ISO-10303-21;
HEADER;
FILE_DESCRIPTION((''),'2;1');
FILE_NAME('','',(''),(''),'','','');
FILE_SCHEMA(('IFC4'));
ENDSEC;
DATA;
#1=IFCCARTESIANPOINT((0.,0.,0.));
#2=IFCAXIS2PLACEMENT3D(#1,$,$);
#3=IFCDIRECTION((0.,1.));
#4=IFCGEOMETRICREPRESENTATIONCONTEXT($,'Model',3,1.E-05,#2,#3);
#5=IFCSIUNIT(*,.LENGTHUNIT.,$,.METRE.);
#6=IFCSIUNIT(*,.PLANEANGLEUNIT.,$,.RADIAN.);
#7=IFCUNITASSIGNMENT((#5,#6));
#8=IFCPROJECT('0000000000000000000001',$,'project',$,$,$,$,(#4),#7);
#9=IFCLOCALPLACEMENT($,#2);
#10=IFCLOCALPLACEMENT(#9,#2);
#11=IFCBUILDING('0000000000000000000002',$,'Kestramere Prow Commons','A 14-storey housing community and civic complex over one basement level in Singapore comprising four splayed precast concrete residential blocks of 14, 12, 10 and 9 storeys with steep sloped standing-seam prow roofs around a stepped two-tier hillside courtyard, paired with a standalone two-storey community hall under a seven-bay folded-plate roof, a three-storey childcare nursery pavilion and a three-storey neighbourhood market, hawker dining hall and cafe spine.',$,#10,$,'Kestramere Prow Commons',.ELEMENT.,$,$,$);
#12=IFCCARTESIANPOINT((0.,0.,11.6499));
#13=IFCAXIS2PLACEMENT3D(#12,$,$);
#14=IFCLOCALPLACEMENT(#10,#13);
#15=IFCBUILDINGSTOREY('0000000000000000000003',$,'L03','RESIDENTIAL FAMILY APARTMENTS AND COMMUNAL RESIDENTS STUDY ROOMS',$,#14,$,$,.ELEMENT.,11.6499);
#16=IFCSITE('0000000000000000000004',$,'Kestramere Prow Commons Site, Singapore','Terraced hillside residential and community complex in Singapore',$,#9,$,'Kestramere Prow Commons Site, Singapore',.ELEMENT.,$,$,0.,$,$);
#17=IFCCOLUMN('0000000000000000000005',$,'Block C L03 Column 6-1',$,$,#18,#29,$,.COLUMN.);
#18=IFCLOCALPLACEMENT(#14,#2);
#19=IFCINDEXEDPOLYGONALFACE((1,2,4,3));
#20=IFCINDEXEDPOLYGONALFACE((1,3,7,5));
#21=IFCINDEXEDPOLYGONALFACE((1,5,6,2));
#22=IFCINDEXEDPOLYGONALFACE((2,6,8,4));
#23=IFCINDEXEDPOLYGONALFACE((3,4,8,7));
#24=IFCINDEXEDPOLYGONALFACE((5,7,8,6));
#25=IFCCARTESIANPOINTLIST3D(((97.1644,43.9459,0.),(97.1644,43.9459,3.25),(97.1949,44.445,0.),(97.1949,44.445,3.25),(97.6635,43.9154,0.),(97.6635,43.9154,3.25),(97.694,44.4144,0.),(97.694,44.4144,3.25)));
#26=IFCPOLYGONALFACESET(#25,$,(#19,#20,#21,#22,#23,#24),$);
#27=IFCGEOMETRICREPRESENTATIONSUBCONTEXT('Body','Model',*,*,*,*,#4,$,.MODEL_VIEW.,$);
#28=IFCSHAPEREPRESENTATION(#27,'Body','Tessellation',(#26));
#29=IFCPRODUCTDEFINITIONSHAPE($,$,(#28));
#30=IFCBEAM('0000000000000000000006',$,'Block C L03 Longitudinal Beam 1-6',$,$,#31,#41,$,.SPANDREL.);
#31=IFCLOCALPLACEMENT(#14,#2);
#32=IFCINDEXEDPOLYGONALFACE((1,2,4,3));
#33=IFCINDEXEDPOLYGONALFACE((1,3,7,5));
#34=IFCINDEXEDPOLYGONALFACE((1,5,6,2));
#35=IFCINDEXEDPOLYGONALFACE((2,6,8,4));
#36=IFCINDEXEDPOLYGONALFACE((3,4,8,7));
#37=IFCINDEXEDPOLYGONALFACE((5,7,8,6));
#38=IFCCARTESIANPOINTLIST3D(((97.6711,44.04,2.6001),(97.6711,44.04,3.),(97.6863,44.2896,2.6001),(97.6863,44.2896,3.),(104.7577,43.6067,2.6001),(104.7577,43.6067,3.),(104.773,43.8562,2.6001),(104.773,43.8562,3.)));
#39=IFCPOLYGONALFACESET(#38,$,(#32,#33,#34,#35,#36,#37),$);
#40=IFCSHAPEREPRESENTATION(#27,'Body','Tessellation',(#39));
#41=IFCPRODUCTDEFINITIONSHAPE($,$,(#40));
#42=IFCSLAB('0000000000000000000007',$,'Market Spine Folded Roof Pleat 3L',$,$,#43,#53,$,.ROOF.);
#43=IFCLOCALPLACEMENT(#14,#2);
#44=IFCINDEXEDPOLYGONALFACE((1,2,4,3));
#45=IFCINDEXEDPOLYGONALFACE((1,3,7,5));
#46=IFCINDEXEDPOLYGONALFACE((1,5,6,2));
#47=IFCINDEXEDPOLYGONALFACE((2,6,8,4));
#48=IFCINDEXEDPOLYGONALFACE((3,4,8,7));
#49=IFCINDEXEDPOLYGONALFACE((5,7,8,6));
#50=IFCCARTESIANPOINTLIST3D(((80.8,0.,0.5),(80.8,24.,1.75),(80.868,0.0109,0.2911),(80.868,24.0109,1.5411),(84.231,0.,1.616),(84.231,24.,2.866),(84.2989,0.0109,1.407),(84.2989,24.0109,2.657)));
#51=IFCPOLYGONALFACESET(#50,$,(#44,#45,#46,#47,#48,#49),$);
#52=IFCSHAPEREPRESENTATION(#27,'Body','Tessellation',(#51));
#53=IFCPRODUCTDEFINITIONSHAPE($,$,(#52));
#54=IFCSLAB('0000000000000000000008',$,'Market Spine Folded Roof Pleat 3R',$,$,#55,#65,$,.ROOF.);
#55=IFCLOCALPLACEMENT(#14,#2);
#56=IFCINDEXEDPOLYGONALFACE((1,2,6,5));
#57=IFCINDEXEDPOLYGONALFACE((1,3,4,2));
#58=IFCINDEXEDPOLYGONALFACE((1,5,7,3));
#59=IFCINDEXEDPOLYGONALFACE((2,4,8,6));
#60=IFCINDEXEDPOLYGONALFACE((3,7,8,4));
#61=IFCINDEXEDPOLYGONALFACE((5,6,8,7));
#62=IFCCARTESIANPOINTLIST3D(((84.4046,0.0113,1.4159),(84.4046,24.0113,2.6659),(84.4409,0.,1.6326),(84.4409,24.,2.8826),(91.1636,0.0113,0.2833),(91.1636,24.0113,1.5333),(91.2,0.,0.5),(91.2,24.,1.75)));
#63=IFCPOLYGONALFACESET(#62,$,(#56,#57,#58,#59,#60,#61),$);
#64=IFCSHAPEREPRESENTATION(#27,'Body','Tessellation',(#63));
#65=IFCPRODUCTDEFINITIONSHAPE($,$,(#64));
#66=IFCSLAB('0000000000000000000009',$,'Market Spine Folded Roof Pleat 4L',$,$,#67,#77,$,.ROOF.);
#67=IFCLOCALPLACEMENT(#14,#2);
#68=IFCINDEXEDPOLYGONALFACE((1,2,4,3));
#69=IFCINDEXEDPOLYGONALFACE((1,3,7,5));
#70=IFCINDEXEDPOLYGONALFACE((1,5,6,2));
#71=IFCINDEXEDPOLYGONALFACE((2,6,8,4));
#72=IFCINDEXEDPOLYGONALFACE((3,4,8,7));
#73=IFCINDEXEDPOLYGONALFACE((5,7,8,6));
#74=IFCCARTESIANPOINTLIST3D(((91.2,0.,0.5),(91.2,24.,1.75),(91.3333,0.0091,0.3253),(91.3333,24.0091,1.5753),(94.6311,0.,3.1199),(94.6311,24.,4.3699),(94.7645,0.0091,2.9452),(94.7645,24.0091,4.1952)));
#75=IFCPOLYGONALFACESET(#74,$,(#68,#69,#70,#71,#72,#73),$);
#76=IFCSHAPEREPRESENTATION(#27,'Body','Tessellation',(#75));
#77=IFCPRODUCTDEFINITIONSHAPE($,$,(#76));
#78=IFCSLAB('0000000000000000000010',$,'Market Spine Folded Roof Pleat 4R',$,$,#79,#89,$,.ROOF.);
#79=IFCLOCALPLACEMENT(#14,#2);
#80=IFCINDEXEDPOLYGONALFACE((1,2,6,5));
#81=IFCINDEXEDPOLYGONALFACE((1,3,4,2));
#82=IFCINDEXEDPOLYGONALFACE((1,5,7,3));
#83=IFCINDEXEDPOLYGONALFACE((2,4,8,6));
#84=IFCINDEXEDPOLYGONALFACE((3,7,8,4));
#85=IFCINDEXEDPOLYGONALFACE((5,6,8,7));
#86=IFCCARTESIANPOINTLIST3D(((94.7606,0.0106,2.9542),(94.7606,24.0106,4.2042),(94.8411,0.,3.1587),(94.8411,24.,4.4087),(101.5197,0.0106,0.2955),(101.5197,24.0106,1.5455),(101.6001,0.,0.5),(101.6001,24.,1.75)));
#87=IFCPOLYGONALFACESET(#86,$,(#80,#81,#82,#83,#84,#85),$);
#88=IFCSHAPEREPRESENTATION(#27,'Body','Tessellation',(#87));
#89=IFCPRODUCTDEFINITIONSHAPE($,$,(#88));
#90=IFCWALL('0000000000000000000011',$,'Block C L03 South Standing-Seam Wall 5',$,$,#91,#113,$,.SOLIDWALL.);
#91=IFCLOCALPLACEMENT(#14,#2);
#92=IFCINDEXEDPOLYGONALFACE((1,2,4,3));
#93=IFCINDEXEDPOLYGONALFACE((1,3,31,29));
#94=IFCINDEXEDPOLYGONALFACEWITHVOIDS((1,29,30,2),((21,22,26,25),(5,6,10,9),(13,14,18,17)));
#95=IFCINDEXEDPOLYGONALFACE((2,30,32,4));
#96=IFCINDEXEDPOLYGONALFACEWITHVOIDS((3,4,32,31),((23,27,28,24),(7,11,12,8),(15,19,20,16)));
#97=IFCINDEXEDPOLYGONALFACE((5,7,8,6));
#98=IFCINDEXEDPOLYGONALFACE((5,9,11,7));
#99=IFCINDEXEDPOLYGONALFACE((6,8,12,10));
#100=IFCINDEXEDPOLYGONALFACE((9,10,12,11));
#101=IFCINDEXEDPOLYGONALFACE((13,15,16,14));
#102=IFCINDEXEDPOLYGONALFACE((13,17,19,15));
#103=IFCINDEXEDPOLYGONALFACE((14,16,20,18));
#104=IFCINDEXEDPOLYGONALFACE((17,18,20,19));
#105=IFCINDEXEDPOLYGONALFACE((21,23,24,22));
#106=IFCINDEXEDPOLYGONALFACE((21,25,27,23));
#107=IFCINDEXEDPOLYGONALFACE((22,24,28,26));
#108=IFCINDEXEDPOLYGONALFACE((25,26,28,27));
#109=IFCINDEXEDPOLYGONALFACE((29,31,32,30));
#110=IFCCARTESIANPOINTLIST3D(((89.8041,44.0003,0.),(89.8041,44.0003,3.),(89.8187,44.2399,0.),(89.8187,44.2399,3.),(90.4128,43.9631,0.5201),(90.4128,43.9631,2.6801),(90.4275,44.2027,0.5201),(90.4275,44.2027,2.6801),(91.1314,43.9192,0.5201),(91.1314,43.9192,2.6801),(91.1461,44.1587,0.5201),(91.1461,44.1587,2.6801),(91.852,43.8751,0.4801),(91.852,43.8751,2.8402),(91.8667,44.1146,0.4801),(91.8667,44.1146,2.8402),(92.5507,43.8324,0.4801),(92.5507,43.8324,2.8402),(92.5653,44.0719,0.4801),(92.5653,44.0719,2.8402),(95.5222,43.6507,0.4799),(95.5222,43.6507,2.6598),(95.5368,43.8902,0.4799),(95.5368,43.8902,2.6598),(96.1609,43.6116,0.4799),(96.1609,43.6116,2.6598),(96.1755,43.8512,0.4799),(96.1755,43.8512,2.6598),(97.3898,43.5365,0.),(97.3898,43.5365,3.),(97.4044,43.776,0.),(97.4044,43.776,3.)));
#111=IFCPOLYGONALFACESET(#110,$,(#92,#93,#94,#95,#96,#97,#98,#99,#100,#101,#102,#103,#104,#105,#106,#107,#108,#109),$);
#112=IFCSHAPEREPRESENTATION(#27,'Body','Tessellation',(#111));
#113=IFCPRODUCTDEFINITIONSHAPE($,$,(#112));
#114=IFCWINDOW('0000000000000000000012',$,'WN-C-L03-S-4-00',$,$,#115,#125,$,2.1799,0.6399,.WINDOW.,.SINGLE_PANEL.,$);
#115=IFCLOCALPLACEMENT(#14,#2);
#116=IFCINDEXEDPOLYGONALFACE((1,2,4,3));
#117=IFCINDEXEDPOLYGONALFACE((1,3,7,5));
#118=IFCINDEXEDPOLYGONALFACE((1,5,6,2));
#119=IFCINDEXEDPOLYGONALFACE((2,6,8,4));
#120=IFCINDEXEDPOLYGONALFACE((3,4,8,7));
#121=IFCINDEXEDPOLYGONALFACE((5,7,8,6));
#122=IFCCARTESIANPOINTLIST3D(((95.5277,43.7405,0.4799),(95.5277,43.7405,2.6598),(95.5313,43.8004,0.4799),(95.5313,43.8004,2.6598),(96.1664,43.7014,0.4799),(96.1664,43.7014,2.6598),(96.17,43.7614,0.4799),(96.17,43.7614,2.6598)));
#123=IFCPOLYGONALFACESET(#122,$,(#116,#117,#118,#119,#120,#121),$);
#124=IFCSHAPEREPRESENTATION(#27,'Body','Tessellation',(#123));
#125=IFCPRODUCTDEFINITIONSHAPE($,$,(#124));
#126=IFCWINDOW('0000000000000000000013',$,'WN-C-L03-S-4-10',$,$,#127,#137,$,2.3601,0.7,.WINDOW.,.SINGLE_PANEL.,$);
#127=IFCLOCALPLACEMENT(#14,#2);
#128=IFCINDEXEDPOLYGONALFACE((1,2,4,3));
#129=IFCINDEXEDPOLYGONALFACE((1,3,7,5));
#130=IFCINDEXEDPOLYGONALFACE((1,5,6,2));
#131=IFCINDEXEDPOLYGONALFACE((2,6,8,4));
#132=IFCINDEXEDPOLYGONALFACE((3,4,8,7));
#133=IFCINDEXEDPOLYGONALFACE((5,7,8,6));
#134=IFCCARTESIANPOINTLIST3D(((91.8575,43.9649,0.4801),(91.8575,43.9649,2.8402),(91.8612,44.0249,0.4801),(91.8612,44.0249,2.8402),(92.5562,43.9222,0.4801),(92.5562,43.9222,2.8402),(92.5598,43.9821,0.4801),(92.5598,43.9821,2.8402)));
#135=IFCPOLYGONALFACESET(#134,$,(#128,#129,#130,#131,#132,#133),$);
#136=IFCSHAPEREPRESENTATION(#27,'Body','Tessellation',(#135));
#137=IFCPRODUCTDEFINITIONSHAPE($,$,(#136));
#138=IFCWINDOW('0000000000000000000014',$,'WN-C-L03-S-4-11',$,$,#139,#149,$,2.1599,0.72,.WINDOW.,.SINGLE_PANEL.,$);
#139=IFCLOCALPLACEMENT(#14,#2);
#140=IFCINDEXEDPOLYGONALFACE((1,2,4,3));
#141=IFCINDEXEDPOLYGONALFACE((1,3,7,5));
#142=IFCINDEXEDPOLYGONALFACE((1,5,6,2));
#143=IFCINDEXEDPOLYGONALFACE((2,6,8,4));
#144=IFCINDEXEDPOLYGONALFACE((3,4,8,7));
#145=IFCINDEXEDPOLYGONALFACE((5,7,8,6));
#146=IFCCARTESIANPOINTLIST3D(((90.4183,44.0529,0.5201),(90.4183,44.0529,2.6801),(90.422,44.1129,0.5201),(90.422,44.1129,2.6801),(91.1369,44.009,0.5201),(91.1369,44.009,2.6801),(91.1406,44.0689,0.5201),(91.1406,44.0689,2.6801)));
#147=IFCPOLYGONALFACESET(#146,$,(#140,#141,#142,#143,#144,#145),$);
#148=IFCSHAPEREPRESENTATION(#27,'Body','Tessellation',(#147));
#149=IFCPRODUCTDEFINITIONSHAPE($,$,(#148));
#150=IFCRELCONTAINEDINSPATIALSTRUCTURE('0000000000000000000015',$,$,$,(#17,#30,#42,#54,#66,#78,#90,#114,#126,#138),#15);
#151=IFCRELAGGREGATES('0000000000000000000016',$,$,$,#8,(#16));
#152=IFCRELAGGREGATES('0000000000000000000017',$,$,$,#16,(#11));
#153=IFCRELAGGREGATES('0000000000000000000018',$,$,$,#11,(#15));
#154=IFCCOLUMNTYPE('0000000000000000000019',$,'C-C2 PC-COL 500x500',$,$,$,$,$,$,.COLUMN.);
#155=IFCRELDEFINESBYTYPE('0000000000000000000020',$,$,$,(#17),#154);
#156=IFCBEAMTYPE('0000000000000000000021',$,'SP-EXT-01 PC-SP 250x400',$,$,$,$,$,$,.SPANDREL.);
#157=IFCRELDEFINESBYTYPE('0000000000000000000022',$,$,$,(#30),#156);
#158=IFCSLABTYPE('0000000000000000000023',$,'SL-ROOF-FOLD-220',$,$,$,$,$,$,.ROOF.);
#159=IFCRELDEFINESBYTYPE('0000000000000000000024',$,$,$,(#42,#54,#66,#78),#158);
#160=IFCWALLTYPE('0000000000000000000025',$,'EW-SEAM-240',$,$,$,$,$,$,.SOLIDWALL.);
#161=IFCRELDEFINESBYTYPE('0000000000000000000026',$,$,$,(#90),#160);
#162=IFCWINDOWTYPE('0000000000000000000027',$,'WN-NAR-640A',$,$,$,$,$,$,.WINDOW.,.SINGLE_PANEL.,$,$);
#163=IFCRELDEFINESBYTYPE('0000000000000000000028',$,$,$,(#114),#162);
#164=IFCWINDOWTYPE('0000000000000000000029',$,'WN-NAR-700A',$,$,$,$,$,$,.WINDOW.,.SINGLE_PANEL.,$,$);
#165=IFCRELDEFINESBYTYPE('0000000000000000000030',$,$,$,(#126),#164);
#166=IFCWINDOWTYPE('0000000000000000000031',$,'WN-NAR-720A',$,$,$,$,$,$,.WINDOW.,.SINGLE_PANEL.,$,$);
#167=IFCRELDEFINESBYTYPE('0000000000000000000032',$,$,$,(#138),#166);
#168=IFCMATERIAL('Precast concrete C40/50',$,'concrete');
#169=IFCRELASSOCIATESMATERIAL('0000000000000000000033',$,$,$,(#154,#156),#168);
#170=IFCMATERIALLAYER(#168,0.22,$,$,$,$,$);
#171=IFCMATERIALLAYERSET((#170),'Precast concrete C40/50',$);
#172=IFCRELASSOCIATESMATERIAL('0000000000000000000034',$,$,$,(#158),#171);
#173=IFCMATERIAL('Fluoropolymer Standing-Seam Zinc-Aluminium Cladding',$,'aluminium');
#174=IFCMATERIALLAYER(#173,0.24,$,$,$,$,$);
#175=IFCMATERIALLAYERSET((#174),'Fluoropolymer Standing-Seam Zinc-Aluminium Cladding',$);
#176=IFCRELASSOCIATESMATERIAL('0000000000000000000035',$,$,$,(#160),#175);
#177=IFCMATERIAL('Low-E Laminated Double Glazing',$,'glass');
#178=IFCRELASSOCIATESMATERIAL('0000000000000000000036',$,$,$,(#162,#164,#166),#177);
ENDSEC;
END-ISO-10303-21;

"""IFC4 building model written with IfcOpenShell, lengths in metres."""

from ifc_helpers import new_model, si_unit, direction, frame, frame_2d, origin, origin_2d, place, context, subcontext, project, spatial, polyline, rectangle, outline, extrude, material, layer, layer_set, material_profile, profile_set, type_object, element, fill, save


model = new_model("IFC4")

# Units and contexts
model_context = context("Model", 3, precision=1e-05, world=origin(), true_north=direction((0.0, 1.0)))
body_context = subcontext(model_context, "Body", "Model", "MODEL_VIEW")
ifc_project = project(units=[si_unit("LENGTHUNIT", "METRE"), si_unit("PLANEANGLEUNIT", "RADIAN")], contexts=[model_context])

# Site, building, storey
site_placement = place(None, origin())
site = spatial("IfcSite", under=ifc_project, at=site_placement, Name="Kestramere Prow Commons Site, Singapore", Description="Terraced hillside residential and community complex in Singapore", LongName="Kestramere Prow Commons Site, Singapore", CompositionType="ELEMENT", RefElevation=0.0)
building_placement = place(site_placement, origin())
building = spatial("IfcBuilding", under=site, at=building_placement, Name="Kestramere Prow Commons", Description="A 14-storey housing community and civic complex over one basement level in Singapore comprising four splayed precast concrete residential blocks of 14, 12, 10 and 9 storeys with steep sloped standing-seam prow roofs around a stepped two-tier hillside courtyard, paired with a standalone two-storey community hall under a seven-bay folded-plate roof, a three-storey childcare nursery pavilion and a three-storey neighbourhood market, hawker dining hall and cafe spine.", LongName="Kestramere Prow Commons", CompositionType="ELEMENT")
storey_placement = place(building_placement, frame((0.0, 0.0, 11.6499)))
storey = spatial("IfcBuildingStorey", under=building, at=storey_placement, Name="L03", Description="RESIDENTIAL FAMILY APARTMENTS AND COMMUNAL RESIDENTS STUDY ROOMS", CompositionType="ELEMENT", Elevation=11.6499)

# Column
ifc_material_1 = material(Name="Precast concrete C40/50", Category="concrete")
ifc_material_profile_1 = material_profile(ifc_material_1, rectangle(XDim=0.5, YDim=0.5, at=origin_2d()), Name="PC-COL 500x500")
ifc_profile_set_1 = profile_set([ifc_material_profile_1], Name="Precast concrete C40/50")
column_type = type_object("IfcColumnType", Name="C-C2 PC-COL 500x500", PredefinedType="COLUMN", material=ifc_profile_set_1)
column_placement = place(storey_placement, frame((97.4292, 44.1802, 0.0), z_axis=(0.0, 0.0, 1.0), x_axis=(0.998135, -0.061049, 0.0)))
element("IfcColumn", 1, at=column_placement, inside=storey, type_object=column_type, Name="Block C L03 Column 6-1", PredefinedType="COLUMN", context=body_context, shape_type="SweptSolid", body=[
    extrude(rectangle(XDim=0.5, YDim=0.5, at=origin_2d()), origin(), (0.0, 0.0, 1.0), 3.25),
])

# Beam
ifc_material_profile_2 = material_profile(ifc_material_1, rectangle(XDim=0.25, YDim=0.3999, at=origin_2d()), Name="PC-SP 250x400")
ifc_profile_set_2 = profile_set([ifc_material_profile_2], Name="Precast concrete C40/50")
beam_type = type_object("IfcBeamType", Name="SP-EXT-01 PC-SP 250x400", PredefinedType="SPANDREL", material=ifc_profile_set_2)
beam_placement = place(storey_placement, frame((97.6787, 44.1648, 2.8), z_axis=(0.998136, -0.061036, 0.0), x_axis=(0.061036, 0.998136, 0.0)))
element("IfcBeam", 2, at=beam_placement, inside=storey, type_object=beam_type, Name="Block C L03 Longitudinal Beam 1-6", PredefinedType="SPANDREL", context=body_context, shape_type="SweptSolid", body=[
    extrude(rectangle(XDim=0.25, YDim=0.3999, at=origin_2d()), origin(), (0.0, 0.0, 1.0), 7.0999),
])

# Slabs
ifc_layer_1 = layer(ifc_material_1, 0.22)
ifc_layer_set_1 = layer_set([ifc_layer_1], Name="Precast concrete C40/50")
slab_type = type_object("IfcSlabType", Name="SL-ROOF-FOLD-220", PredefinedType="ROOF", material=ifc_layer_set_1)
slab_1_placement = place(storey_placement, frame((80.8, 0.0, 0.5), z_axis=(-0.308938, -0.049468, 0.949795), x_axis=(0.950959, 0.0, 0.309317)))
element("IfcSlab", 3, at=slab_1_placement, inside=storey, type_object=slab_type, Name="Market Spine Folded Roof Pleat 3L", PredefinedType="ROOF", context=body_context, shape_type="SweptSolid", body=[
    extrude(outline(polyline([(0.0, 0.0), (3.6078, 0.0), (3.9945, 24.0294), (0.3866, 24.0294), (0.0, 0.0)])), origin(), (0.0, 0.0, -1.0), 0.22),
])
slab_2_placement = place(storey_placement, frame((84.4409, 0.0, 1.6326), z_axis=(0.165042, -0.0513, 0.984952), x_axis=(0.98625, 0.0, -0.16526)))
element("IfcSlab", 4, at=slab_2_placement, inside=storey, type_object=slab_type, Name="Market Spine Folded Roof Pleat 3R", PredefinedType="ROOF", context=body_context, shape_type="SweptSolid", body=[
    extrude(outline(polyline([(0.0, 0.0), (6.8533, 0.0), (6.6467, 24.0316), (-0.2066, 24.0316), (0.0, 0.0)])), origin(), (0.0, 0.0, -1.0), 0.22),
])
slab_3_placement = place(storey_placement, frame((91.2, 0.0, 0.5), z_axis=(-0.606353, -0.04136, 0.794119), x_axis=(0.794799, 0.0, 0.606873)))
element("IfcSlab", 5, at=slab_3_placement, inside=storey, type_object=slab_type, Name="Market Spine Folded Roof Pleat 4L", PredefinedType="ROOF", context=body_context, shape_type="SweptSolid", body=[
    extrude(outline(polyline([(0.0, 0.0), (4.317, 0.0), (5.0756, 24.0206), (0.7586, 24.0206), (0.0, 0.0)])), origin(), (0.0, 0.0, -1.0), 0.22),
])
slab_4_placement = place(storey_placement, frame((94.8411, 0.0, 3.1587), z_axis=(0.365624, -0.048412, 0.929503), x_axis=(0.930594, 0.0, -0.366053)))
element("IfcSlab", 6, at=slab_4_placement, inside=storey, type_object=slab_type, Name="Market Spine Folded Roof Pleat 4R", PredefinedType="ROOF", context=body_context, shape_type="SweptSolid", body=[
    extrude(outline(polyline([(0.0, 0.0), (7.2631, 0.0), (6.8056, 24.0282), (-0.4576, 24.0282), (0.0, 0.0)])), origin(), (0.0, 0.0, -1.0), 0.22),
])

# Shared definitions
ifc_material_2 = material(Name="Fluoropolymer Standing-Seam Zinc-Aluminium Cladding", Category="aluminium")
ifc_layer_2 = layer(ifc_material_2, 0.24)
ifc_layer_set_2 = layer_set([ifc_layer_2], Name="Fluoropolymer Standing-Seam Zinc-Aluminium Cladding")
wall_type_1 = type_object("IfcWallType", Name="EW-SEAM-240", PredefinedType="SOLIDWALL", material=ifc_layer_set_2)
ifc_material_3 = material(Name="Low-E Laminated Double Glazing", Category="glass")

# Wall, openings, windows
wall_1_placement = place(storey_placement, frame((97.397, 43.6562, 0.0), z_axis=(0.0, 0.0, 1.0), x_axis=(-0.998136, 0.061036, 0.0)))
wall_1 = element("IfcWall", 7, at=wall_1_placement, inside=storey, type_object=wall_type_1, Name="Block C L03 South Standing-Seam Wall 5", PredefinedType="SOLIDWALL", context=body_context, shape_type="SweptSolid", body=[
    extrude(rectangle(XDim=7.5999, YDim=0.24, at=frame_2d((3.7998, 0.0))), origin(), (0.0, 0.0, 1.0), 3.0),
])
opening_1_placement = place(wall_1_placement, frame((1.2312, 0.0, 0.48)))
opening_1 = element("IfcOpeningElement", 8, at=opening_1_placement, cuts=wall_1, PredefinedType="OPENING", context=body_context, shape_type="SweptSolid", body=[
    extrude(rectangle(XDim=0.6399, YDim=2.1799, at=frame_2d((0.3198, 1.0898))), frame((0.0, 0.135, 0.0), z_axis=(0.0, -1.0, 0.0), x_axis=(1.0, 0.0, 0.0)), (0.0, 0.0, 1.0), 0.27),
])
opening_2_placement = place(wall_1_placement, frame((4.8479, 0.0, 0.48)))
opening_2 = element("IfcOpeningElement", 9, at=opening_2_placement, cuts=wall_1, PredefinedType="OPENING", context=body_context, shape_type="SweptSolid", body=[
    extrude(rectangle(XDim=0.7, YDim=2.3601, at=frame_2d((0.3501, 1.1802))), frame((0.0, 0.135, 0.0), z_axis=(0.0, -1.0, 0.0), x_axis=(1.0, 0.0, 0.0)), (0.0, 0.0, 1.0), 0.27),
])
opening_3_placement = place(wall_1_placement, frame((6.27, 0.0, 0.52)))
opening_3 = element("IfcOpeningElement", 10, at=opening_3_placement, cuts=wall_1, PredefinedType="OPENING", context=body_context, shape_type="SweptSolid", body=[
    extrude(rectangle(XDim=0.72, YDim=2.1599, at=frame_2d((0.3599, 1.0801))), frame((0.0, 0.135, 0.0), z_axis=(0.0, -1.0, 0.0), x_axis=(1.0, 0.0, 0.0)), (0.0, 0.0, 1.0), 0.27),
])
window_type_1 = type_object("IfcWindowType", Name="WN-NAR-640A", PartitioningType="SINGLE_PANEL", PredefinedType="WINDOW", material=ifc_material_3)
window_1_placement = place(opening_1_placement, origin())
window_1 = element("IfcWindow", 11, at=window_1_placement, inside=storey, type_object=window_type_1, Name="WN-C-L03-S-4-00", OverallHeight=2.1799, OverallWidth=0.6399, PartitioningType="SINGLE_PANEL", PredefinedType="WINDOW", context=body_context, shape_type="SweptSolid", body=[
    extrude(rectangle(XDim=0.6399, YDim=2.1799, at=frame_2d((0.3198, 1.0898))), frame((0.0, 0.03, 0.0), z_axis=(0.0, -1.0, 0.0), x_axis=(1.0, 0.0, 0.0)), (0.0, 0.0, 1.0), 0.0601),
])
fill(opening_1, window_1)
window_type_2 = type_object("IfcWindowType", Name="WN-NAR-700A", PartitioningType="SINGLE_PANEL", PredefinedType="WINDOW", material=ifc_material_3)
window_2_placement = place(opening_2_placement, origin())
window_2 = element("IfcWindow", 12, at=window_2_placement, inside=storey, type_object=window_type_2, Name="WN-C-L03-S-4-10", OverallHeight=2.3601, OverallWidth=0.7, PartitioningType="SINGLE_PANEL", PredefinedType="WINDOW", context=body_context, shape_type="SweptSolid", body=[
    extrude(rectangle(XDim=0.7, YDim=2.3601, at=frame_2d((0.3501, 1.1802))), frame((0.0, 0.03, 0.0), z_axis=(0.0, -1.0, 0.0), x_axis=(1.0, 0.0, 0.0)), (0.0, 0.0, 1.0), 0.0601),
])
fill(opening_2, window_2)
window_type_3 = type_object("IfcWindowType", Name="WN-NAR-720A", PartitioningType="SINGLE_PANEL", PredefinedType="WINDOW", material=ifc_material_3)
window_3_placement = place(opening_3_placement, origin())
window_3 = element("IfcWindow", 13, at=window_3_placement, inside=storey, type_object=window_type_3, Name="WN-C-L03-S-4-11", OverallHeight=2.1599, OverallWidth=0.72, PartitioningType="SINGLE_PANEL", PredefinedType="WINDOW", context=body_context, shape_type="SweptSolid", body=[
    extrude(rectangle(XDim=0.72, YDim=2.1599, at=frame_2d((0.3599, 1.0801))), frame((0.0, 0.03, 0.0), z_axis=(0.0, -1.0, 0.0), x_axis=(1.0, 0.0, 0.0)), (0.0, 0.0, 1.0), 0.0601),
])
fill(opening_3, window_3)

save(model, "model.ifc")
